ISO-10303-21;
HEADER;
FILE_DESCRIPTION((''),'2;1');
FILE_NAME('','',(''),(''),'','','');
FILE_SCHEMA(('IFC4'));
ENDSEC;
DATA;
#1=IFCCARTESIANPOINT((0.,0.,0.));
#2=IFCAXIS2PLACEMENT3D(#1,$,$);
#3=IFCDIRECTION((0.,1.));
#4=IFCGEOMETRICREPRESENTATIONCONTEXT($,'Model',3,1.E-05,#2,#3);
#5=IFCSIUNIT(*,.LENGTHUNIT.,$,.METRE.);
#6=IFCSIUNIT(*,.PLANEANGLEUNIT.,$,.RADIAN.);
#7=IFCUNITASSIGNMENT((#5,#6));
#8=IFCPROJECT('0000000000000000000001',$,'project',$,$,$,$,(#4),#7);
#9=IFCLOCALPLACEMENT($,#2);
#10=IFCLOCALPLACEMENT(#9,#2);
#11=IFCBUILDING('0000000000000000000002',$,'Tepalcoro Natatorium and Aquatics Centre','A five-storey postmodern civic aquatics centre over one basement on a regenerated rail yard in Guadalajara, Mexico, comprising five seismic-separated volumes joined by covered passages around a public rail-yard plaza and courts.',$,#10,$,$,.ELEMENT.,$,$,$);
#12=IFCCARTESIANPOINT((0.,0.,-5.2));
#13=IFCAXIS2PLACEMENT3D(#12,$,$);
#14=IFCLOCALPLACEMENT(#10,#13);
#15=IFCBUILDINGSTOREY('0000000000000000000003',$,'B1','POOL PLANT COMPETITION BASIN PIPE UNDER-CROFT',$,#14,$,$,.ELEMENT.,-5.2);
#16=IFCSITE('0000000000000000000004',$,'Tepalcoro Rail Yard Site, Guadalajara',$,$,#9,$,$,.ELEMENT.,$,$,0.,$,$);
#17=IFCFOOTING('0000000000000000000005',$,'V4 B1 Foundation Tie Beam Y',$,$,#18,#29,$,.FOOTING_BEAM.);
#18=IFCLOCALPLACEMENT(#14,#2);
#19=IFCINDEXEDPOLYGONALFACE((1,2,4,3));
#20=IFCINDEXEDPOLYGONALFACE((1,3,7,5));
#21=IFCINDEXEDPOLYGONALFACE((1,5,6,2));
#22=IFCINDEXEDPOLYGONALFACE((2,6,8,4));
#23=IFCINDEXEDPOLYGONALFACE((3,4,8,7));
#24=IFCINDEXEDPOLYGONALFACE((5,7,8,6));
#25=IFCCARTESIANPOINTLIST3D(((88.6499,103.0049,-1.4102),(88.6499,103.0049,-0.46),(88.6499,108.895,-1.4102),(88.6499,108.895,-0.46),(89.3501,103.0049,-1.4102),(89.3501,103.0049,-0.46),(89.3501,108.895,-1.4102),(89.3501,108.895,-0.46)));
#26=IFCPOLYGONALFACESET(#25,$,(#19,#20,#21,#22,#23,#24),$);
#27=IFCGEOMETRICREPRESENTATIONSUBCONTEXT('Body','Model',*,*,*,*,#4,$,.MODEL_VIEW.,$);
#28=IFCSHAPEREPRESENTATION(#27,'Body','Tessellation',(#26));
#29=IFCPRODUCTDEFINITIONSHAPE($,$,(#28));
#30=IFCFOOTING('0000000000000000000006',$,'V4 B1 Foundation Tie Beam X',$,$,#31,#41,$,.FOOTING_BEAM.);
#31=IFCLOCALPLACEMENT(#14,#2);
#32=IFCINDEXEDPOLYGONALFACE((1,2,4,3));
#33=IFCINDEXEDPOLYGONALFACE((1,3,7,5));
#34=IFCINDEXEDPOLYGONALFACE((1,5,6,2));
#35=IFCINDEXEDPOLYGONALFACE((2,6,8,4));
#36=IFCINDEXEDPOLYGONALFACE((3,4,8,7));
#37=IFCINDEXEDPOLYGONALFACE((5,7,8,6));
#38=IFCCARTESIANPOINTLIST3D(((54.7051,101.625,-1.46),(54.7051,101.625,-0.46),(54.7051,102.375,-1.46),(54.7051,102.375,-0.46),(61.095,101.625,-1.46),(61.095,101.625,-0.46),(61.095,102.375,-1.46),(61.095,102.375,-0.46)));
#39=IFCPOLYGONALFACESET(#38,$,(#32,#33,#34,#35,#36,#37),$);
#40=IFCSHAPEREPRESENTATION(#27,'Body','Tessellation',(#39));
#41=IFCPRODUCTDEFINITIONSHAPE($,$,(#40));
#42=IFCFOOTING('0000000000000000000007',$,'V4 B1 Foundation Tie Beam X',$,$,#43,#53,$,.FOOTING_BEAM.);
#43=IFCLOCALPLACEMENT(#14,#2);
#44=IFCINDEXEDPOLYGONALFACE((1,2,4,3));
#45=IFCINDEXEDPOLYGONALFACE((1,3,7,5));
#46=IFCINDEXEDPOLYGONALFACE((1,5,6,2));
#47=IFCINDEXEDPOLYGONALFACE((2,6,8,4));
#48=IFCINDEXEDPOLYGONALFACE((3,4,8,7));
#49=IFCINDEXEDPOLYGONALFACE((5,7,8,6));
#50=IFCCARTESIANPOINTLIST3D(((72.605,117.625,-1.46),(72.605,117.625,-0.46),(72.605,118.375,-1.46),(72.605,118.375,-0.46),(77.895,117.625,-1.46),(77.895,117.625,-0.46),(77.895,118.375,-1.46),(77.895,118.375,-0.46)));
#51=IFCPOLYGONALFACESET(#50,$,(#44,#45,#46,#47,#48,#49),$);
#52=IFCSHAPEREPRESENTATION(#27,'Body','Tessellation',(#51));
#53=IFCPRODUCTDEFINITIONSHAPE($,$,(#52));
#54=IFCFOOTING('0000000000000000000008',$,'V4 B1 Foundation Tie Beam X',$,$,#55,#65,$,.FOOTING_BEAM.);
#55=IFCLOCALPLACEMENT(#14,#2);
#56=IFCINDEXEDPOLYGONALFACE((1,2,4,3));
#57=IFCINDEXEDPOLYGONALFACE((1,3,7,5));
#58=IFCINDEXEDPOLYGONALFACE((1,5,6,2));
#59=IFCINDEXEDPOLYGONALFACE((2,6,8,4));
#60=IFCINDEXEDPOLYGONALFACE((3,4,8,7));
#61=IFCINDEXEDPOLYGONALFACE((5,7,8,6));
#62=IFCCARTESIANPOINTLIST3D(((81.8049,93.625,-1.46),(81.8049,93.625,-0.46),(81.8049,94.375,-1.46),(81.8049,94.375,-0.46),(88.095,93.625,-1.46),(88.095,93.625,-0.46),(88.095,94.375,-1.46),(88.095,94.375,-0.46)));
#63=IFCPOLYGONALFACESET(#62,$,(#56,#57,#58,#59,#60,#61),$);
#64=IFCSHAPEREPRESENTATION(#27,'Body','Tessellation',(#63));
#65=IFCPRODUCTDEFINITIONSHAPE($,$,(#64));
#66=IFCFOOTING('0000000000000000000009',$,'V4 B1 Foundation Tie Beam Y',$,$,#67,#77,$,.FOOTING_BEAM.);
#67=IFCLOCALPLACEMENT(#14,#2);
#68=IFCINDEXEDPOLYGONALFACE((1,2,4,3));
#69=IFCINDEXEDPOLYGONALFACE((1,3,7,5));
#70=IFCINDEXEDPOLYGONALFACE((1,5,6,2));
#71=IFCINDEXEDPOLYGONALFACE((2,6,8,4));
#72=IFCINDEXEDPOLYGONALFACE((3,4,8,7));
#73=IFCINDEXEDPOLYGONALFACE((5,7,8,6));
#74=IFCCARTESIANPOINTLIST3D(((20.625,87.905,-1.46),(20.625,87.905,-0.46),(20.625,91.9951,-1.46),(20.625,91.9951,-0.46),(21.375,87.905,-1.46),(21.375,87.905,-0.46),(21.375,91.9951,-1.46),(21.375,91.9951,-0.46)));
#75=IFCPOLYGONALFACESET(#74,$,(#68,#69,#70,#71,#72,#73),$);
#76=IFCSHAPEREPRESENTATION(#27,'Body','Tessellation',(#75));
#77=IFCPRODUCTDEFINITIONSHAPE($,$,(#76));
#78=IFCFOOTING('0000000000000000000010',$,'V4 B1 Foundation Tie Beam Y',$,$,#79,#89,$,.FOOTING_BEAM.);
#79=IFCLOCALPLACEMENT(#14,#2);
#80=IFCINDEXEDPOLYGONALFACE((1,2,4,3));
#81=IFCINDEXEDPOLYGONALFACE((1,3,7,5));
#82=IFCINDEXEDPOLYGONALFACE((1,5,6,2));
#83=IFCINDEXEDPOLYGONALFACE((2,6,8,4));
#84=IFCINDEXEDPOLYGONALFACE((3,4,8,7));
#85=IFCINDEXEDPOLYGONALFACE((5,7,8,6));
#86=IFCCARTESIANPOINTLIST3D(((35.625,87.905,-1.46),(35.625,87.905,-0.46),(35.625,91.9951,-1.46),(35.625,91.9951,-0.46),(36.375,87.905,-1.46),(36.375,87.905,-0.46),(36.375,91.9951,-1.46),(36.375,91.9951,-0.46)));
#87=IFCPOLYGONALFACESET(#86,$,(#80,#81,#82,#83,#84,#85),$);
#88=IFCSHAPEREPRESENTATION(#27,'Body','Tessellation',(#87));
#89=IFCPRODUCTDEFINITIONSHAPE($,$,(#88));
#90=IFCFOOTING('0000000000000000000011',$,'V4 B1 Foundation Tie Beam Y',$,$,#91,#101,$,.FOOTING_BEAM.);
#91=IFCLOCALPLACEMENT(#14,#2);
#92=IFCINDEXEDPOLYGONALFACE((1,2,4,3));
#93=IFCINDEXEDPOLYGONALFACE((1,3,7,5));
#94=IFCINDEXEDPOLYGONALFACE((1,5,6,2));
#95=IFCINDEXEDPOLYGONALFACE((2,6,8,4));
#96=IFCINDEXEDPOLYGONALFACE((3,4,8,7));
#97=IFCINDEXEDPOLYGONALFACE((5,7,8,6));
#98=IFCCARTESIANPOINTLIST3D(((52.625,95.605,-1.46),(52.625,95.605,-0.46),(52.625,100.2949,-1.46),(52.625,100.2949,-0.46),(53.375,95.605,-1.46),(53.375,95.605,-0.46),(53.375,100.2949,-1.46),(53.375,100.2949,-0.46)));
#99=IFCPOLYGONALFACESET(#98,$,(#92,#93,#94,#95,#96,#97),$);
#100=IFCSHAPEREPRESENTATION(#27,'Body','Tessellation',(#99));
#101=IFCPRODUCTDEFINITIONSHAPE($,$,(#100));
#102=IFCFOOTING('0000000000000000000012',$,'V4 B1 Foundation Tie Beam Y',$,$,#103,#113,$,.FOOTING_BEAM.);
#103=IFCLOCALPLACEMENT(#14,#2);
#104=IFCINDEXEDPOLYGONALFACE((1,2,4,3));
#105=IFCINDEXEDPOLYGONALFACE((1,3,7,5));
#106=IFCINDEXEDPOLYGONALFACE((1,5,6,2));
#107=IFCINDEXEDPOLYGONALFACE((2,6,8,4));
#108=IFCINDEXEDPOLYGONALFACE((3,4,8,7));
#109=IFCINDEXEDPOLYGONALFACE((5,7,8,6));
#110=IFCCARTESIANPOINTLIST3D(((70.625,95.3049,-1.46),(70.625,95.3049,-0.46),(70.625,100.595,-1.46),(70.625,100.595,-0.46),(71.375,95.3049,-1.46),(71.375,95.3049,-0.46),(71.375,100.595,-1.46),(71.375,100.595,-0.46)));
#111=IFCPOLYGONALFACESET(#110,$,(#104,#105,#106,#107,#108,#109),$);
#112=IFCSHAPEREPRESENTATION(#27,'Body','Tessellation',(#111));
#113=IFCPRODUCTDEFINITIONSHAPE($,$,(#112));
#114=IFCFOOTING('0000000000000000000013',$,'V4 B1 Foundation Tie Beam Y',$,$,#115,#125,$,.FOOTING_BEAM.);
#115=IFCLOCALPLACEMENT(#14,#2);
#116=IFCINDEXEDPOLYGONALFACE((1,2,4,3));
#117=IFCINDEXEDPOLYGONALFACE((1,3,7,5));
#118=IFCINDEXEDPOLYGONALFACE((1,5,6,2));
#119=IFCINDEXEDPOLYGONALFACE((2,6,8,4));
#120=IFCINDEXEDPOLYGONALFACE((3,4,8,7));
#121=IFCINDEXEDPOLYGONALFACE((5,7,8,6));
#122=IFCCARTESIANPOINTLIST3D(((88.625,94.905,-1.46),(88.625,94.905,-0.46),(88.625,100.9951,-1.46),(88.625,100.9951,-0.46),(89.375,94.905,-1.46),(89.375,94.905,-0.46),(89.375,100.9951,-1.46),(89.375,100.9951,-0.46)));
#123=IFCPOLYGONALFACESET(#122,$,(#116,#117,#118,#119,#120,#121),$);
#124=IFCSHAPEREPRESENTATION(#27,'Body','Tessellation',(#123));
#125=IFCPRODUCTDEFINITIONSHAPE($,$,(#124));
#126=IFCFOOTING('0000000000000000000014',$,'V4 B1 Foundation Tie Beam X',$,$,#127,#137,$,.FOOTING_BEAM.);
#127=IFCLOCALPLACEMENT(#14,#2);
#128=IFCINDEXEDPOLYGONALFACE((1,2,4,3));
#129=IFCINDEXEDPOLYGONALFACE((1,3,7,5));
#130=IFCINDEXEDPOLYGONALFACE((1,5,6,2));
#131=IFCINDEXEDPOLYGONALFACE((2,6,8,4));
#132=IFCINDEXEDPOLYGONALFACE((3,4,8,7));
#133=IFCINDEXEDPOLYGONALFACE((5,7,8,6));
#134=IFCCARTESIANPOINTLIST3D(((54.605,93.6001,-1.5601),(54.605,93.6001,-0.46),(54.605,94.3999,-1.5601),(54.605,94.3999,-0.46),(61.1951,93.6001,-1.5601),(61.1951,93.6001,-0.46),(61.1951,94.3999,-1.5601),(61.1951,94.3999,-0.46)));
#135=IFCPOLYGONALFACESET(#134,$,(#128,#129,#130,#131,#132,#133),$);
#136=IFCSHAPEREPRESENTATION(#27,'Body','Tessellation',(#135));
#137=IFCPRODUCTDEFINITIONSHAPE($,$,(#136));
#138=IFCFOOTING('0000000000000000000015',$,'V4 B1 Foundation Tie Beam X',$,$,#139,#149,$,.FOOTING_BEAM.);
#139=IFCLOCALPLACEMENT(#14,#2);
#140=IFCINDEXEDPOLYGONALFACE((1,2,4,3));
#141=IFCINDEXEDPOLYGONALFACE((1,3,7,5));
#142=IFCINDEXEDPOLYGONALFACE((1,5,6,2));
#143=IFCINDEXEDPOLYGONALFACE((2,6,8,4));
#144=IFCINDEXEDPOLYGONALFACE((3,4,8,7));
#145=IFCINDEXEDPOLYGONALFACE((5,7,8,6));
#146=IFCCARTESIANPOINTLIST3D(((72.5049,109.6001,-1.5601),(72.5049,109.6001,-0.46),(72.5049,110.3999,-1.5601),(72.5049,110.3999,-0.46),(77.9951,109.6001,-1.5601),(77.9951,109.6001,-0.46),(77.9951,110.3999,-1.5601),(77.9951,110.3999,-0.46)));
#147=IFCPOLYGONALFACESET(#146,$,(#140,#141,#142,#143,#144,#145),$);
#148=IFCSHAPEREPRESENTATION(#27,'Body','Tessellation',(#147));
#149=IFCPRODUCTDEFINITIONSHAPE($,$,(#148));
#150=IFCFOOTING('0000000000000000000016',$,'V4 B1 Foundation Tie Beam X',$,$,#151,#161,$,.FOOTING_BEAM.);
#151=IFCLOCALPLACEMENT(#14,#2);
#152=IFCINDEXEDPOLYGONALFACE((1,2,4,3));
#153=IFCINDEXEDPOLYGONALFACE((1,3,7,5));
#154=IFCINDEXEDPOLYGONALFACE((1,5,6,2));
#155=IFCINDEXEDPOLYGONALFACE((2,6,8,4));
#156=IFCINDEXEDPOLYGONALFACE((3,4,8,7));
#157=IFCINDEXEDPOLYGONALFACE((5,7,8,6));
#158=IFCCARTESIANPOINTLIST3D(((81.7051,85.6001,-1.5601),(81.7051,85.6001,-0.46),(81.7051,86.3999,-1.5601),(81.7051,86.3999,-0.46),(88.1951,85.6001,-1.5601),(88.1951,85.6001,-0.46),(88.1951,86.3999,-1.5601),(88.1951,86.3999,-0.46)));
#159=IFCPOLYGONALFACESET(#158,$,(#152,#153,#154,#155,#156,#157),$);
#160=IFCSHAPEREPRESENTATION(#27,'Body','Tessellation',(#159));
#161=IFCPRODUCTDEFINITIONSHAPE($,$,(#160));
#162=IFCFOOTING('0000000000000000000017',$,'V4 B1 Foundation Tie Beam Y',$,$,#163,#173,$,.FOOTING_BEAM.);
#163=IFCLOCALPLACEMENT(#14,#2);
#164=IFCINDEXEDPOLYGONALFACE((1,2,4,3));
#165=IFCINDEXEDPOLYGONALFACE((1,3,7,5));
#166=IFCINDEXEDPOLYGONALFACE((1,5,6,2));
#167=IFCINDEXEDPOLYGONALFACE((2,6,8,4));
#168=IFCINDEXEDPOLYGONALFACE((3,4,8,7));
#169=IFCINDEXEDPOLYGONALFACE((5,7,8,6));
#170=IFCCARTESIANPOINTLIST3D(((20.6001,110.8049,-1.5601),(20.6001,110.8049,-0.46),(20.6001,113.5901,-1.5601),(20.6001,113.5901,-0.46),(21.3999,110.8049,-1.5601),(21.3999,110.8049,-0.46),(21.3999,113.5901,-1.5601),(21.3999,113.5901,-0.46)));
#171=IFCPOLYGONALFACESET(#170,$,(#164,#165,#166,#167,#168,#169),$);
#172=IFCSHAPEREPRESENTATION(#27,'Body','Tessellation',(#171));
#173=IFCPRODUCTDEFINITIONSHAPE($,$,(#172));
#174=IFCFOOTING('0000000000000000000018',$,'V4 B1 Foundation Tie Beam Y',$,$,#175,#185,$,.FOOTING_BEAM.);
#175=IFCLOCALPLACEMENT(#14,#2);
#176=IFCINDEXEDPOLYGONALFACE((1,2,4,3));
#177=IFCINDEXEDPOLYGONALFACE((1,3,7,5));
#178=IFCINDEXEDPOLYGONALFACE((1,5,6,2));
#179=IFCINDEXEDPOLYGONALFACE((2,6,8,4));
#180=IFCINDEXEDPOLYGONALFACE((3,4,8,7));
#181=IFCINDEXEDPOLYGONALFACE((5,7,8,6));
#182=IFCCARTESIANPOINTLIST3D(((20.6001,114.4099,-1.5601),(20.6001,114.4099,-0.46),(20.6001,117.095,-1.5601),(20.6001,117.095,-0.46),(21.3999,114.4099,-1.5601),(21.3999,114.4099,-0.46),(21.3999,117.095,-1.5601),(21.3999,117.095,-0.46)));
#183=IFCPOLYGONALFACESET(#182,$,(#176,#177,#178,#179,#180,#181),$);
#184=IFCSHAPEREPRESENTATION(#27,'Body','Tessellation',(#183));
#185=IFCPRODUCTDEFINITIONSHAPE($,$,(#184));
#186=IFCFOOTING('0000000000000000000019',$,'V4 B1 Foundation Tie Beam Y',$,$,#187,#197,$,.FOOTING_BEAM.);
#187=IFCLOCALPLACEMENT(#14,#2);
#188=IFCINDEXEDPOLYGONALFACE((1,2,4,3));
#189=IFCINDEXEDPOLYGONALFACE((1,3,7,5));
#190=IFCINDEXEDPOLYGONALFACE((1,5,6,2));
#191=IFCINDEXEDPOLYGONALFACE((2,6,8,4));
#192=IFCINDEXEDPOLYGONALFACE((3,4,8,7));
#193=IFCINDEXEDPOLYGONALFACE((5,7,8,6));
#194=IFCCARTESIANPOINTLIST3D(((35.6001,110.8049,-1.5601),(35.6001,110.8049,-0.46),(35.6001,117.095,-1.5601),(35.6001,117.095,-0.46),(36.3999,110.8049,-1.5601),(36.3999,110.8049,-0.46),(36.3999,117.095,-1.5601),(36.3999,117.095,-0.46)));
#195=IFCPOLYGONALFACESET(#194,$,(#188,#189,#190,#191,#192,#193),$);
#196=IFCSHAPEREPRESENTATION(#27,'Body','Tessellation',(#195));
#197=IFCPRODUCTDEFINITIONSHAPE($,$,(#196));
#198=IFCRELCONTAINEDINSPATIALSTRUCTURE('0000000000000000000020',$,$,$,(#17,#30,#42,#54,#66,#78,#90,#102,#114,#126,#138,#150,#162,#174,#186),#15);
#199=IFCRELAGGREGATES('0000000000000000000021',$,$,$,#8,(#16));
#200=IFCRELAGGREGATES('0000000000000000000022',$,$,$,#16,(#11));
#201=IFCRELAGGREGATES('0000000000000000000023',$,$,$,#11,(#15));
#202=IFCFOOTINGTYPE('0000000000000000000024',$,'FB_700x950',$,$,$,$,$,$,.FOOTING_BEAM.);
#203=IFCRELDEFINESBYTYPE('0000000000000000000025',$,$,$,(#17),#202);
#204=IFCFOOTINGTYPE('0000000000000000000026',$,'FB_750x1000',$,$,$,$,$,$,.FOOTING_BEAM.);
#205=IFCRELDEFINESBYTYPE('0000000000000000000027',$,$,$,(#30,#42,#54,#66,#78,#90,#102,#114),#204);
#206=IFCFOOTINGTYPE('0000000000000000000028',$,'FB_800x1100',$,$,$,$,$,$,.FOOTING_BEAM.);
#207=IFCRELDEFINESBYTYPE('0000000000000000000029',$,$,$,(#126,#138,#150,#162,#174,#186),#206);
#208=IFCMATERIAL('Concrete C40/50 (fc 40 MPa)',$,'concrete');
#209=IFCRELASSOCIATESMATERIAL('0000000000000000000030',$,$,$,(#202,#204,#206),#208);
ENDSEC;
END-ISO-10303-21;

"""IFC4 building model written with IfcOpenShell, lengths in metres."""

from ifc_helpers import new_model, si_unit, direction, frame, origin, place, context, subcontext, project, spatial, polyline, outline, extrude, material, type_object, element, save


model = new_model("IFC4")

# Units and contexts
model_context = context("Model", 3, precision=1e-05, world=origin(), true_north=direction((0.0, 1.0)))
body_context = subcontext(model_context, "Body", "Model", "MODEL_VIEW")
ifc_project = project(units=[si_unit("LENGTHUNIT", "METRE"), si_unit("PLANEANGLEUNIT", "RADIAN")], contexts=[model_context])

# Site, building, storey
site_placement = place(None, origin())
site = spatial("IfcSite", under=ifc_project, at=site_placement, Name="Tepalcoro Rail Yard Site, Guadalajara", CompositionType="ELEMENT", RefElevation=0.0)
building_placement = place(site_placement, origin())
building = spatial("IfcBuilding", under=site, at=building_placement, Name="Tepalcoro Natatorium and Aquatics Centre", Description="A five-storey postmodern civic aquatics centre over one basement on a regenerated rail yard in Guadalajara, Mexico, comprising five seismic-separated volumes joined by covered passages around a public rail-yard plaza and courts.", CompositionType="ELEMENT")
storey_placement = place(building_placement, frame((0.0, 0.0, -5.2)))
storey = spatial("IfcBuildingStorey", under=building, at=storey_placement, Name="B1", Description="POOL PLANT COMPETITION BASIN PIPE UNDER-CROFT", CompositionType="ELEMENT", Elevation=-5.2)

# Footings
ifc_material = material(Name="Concrete C40/50 (fc 40 MPa)", Category="concrete")
footing_type_1 = type_object("IfcFootingType", Name="FB_700x950", PredefinedType="FOOTING_BEAM", material=ifc_material)
footing_1_placement = place(storey_placement, frame((0.0, 0.0, -1.4102)))
element("IfcFooting", 1, at=footing_1_placement, inside=storey, type_object=footing_type_1, Name="V4 B1 Foundation Tie Beam Y", PredefinedType="FOOTING_BEAM", context=body_context, shape_type="SweptSolid", body=[
    extrude(outline(polyline([(89.3501, 103.0049), (89.3501, 108.895), (88.6499, 108.895), (88.6499, 103.0049), (89.3501, 103.0049)])), origin(), (0.0, 0.0, 1.0), 0.9502),
])
footing_type_2 = type_object("IfcFootingType", Name="FB_750x1000", PredefinedType="FOOTING_BEAM", material=ifc_material)
footing_2_placement = place(storey_placement, frame((0.0, 0.0, -1.46)))
element("IfcFooting", 2, at=footing_2_placement, inside=storey, type_object=footing_type_2, Name="V4 B1 Foundation Tie Beam X", PredefinedType="FOOTING_BEAM", context=body_context, shape_type="SweptSolid", body=[
    extrude(outline(polyline([(54.7051, 101.625), (61.095, 101.625), (61.095, 102.375), (54.7051, 102.375), (54.7051, 101.625)])), origin(), (0.0, 0.0, 1.0), 1.0),
])
footing_3_placement = place(storey_placement, frame((0.0, 0.0, -1.46)))
element("IfcFooting", 3, at=footing_3_placement, inside=storey, type_object=footing_type_2, Name="V4 B1 Foundation Tie Beam X", PredefinedType="FOOTING_BEAM", context=body_context, shape_type="SweptSolid", body=[
    extrude(outline(polyline([(72.605, 117.625), (77.895, 117.625), (77.895, 118.375), (72.605, 118.375), (72.605, 117.625)])), origin(), (0.0, 0.0, 1.0), 1.0),
])
footing_4_placement = place(storey_placement, frame((0.0, 0.0, -1.46)))
element("IfcFooting", 4, at=footing_4_placement, inside=storey, type_object=footing_type_2, Name="V4 B1 Foundation Tie Beam X", PredefinedType="FOOTING_BEAM", context=body_context, shape_type="SweptSolid", body=[
    extrude(outline(polyline([(81.8049, 93.625), (88.095, 93.625), (88.095, 94.375), (81.8049, 94.375), (81.8049, 93.625)])), origin(), (0.0, 0.0, 1.0), 1.0),
])
footing_5_placement = place(storey_placement, frame((0.0, 0.0, -1.46)))
element("IfcFooting", 5, at=footing_5_placement, inside=storey, type_object=footing_type_2, Name="V4 B1 Foundation Tie Beam Y", PredefinedType="FOOTING_BEAM", context=body_context, shape_type="SweptSolid", body=[
    extrude(outline(polyline([(21.375, 87.905), (21.375, 91.9951), (20.625, 91.9951), (20.625, 87.905), (21.375, 87.905)])), origin(), (0.0, 0.0, 1.0), 1.0),
])
footing_6_placement = place(storey_placement, frame((0.0, 0.0, -1.46)))
element("IfcFooting", 6, at=footing_6_placement, inside=storey, type_object=footing_type_2, Name="V4 B1 Foundation Tie Beam Y", PredefinedType="FOOTING_BEAM", context=body_context, shape_type="SweptSolid", body=[
    extrude(outline(polyline([(36.375, 87.905), (36.375, 91.9951), (35.625, 91.9951), (35.625, 87.905), (36.375, 87.905)])), origin(), (0.0, 0.0, 1.0), 1.0),
])
footing_7_placement = place(storey_placement, frame((0.0, 0.0, -1.46)))
element("IfcFooting", 7, at=footing_7_placement, inside=storey, type_object=footing_type_2, Name="V4 B1 Foundation Tie Beam Y", PredefinedType="FOOTING_BEAM", context=body_context, shape_type="SweptSolid", body=[
    extrude(outline(polyline([(53.375, 95.605), (53.375, 100.2949), (52.625, 100.2949), (52.625, 95.605), (53.375, 95.605)])), origin(), (0.0, 0.0, 1.0), 1.0),
])
footing_8_placement = place(storey_placement, frame((0.0, 0.0, -1.46)))
element("IfcFooting", 8, at=footing_8_placement, inside=storey, type_object=footing_type_2, Name="V4 B1 Foundation Tie Beam Y", PredefinedType="FOOTING_BEAM", context=body_context, shape_type="SweptSolid", body=[
    extrude(outline(polyline([(71.375, 95.3049), (71.375, 100.595), (70.625, 100.595), (70.625, 95.3049), (71.375, 95.3049)])), origin(), (0.0, 0.0, 1.0), 1.0),
])
footing_9_placement = place(storey_placement, frame((0.0, 0.0, -1.46)))
element("IfcFooting", 9, at=footing_9_placement, inside=storey, type_object=footing_type_2, Name="V4 B1 Foundation Tie Beam Y", PredefinedType="FOOTING_BEAM", context=body_context, shape_type="SweptSolid", body=[
    extrude(outline(polyline([(89.375, 94.905), (89.375, 100.9951), (88.625, 100.9951), (88.625, 94.905), (89.375, 94.905)])), origin(), (0.0, 0.0, 1.0), 1.0),
])
footing_type_3 = type_object("IfcFootingType", Name="FB_800x1100", PredefinedType="FOOTING_BEAM", material=ifc_material)
footing_10_placement = place(storey_placement, frame((0.0, 0.0, -1.5601)))
element("IfcFooting", 10, at=footing_10_placement, inside=storey, type_object=footing_type_3, Name="V4 B1 Foundation Tie Beam X", PredefinedType="FOOTING_BEAM", context=body_context, shape_type="SweptSolid", body=[
    extrude(outline(polyline([(54.605, 93.6001), (61.1951, 93.6001), (61.1951, 94.3999), (54.605, 94.3999), (54.605, 93.6001)])), origin(), (0.0, 0.0, 1.0), 1.1001),
])
footing_11_placement = place(storey_placement, frame((0.0, 0.0, -1.5601)))
element("IfcFooting", 11, at=footing_11_placement, inside=storey, type_object=footing_type_3, Name="V4 B1 Foundation Tie Beam X", PredefinedType="FOOTING_BEAM", context=body_context, shape_type="SweptSolid", body=[
    extrude(outline(polyline([(72.5049, 109.6001), (77.9951, 109.6001), (77.9951, 110.3999), (72.5049, 110.3999), (72.5049, 109.6001)])), origin(), (0.0, 0.0, 1.0), 1.1001),
])
footing_12_placement = place(storey_placement, frame((0.0, 0.0, -1.5601)))
element("IfcFooting", 12, at=footing_12_placement, inside=storey, type_object=footing_type_3, Name="V4 B1 Foundation Tie Beam X", PredefinedType="FOOTING_BEAM", context=body_context, shape_type="SweptSolid", body=[
    extrude(outline(polyline([(81.7051, 85.6001), (88.1951, 85.6001), (88.1951, 86.3999), (81.7051, 86.3999), (81.7051, 85.6001)])), origin(), (0.0, 0.0, 1.0), 1.1001),
])
footing_13_placement = place(storey_placement, frame((0.0, 0.0, -1.5601)))
element("IfcFooting", 13, at=footing_13_placement, inside=storey, type_object=footing_type_3, Name="V4 B1 Foundation Tie Beam Y", PredefinedType="FOOTING_BEAM", context=body_context, shape_type="SweptSolid", body=[
    extrude(outline(polyline([(21.3999, 110.8049), (20.6001, 110.8049), (20.6001, 113.5901), (21.3999, 113.5901), (21.3999, 110.8049)])), origin(), (0.0, 0.0, 1.0), 1.1001),
])
footing_14_placement = place(storey_placement, frame((0.0, 0.0, -1.5601)))
element("IfcFooting", 14, at=footing_14_placement, inside=storey, type_object=footing_type_3, Name="V4 B1 Foundation Tie Beam Y", PredefinedType="FOOTING_BEAM", context=body_context, shape_type="SweptSolid", body=[
    extrude(outline(polyline([(20.6001, 117.095), (21.3999, 117.095), (21.3999, 114.4099), (20.6001, 114.4099), (20.6001, 117.095)])), origin(), (0.0, 0.0, 1.0), 1.1001),
])
footing_15_placement = place(storey_placement, frame((0.0, 0.0, -1.5601)))
element("IfcFooting", 15, at=footing_15_placement, inside=storey, type_object=footing_type_3, Name="V4 B1 Foundation Tie Beam Y", PredefinedType="FOOTING_BEAM", context=body_context, shape_type="SweptSolid", body=[
    extrude(outline(polyline([(36.3999, 110.8049), (36.3999, 117.095), (35.6001, 117.095), (35.6001, 110.8049), (36.3999, 110.8049)])), origin(), (0.0, 0.0, 1.0), 1.1001),
])

save(model, "model.ifc")
